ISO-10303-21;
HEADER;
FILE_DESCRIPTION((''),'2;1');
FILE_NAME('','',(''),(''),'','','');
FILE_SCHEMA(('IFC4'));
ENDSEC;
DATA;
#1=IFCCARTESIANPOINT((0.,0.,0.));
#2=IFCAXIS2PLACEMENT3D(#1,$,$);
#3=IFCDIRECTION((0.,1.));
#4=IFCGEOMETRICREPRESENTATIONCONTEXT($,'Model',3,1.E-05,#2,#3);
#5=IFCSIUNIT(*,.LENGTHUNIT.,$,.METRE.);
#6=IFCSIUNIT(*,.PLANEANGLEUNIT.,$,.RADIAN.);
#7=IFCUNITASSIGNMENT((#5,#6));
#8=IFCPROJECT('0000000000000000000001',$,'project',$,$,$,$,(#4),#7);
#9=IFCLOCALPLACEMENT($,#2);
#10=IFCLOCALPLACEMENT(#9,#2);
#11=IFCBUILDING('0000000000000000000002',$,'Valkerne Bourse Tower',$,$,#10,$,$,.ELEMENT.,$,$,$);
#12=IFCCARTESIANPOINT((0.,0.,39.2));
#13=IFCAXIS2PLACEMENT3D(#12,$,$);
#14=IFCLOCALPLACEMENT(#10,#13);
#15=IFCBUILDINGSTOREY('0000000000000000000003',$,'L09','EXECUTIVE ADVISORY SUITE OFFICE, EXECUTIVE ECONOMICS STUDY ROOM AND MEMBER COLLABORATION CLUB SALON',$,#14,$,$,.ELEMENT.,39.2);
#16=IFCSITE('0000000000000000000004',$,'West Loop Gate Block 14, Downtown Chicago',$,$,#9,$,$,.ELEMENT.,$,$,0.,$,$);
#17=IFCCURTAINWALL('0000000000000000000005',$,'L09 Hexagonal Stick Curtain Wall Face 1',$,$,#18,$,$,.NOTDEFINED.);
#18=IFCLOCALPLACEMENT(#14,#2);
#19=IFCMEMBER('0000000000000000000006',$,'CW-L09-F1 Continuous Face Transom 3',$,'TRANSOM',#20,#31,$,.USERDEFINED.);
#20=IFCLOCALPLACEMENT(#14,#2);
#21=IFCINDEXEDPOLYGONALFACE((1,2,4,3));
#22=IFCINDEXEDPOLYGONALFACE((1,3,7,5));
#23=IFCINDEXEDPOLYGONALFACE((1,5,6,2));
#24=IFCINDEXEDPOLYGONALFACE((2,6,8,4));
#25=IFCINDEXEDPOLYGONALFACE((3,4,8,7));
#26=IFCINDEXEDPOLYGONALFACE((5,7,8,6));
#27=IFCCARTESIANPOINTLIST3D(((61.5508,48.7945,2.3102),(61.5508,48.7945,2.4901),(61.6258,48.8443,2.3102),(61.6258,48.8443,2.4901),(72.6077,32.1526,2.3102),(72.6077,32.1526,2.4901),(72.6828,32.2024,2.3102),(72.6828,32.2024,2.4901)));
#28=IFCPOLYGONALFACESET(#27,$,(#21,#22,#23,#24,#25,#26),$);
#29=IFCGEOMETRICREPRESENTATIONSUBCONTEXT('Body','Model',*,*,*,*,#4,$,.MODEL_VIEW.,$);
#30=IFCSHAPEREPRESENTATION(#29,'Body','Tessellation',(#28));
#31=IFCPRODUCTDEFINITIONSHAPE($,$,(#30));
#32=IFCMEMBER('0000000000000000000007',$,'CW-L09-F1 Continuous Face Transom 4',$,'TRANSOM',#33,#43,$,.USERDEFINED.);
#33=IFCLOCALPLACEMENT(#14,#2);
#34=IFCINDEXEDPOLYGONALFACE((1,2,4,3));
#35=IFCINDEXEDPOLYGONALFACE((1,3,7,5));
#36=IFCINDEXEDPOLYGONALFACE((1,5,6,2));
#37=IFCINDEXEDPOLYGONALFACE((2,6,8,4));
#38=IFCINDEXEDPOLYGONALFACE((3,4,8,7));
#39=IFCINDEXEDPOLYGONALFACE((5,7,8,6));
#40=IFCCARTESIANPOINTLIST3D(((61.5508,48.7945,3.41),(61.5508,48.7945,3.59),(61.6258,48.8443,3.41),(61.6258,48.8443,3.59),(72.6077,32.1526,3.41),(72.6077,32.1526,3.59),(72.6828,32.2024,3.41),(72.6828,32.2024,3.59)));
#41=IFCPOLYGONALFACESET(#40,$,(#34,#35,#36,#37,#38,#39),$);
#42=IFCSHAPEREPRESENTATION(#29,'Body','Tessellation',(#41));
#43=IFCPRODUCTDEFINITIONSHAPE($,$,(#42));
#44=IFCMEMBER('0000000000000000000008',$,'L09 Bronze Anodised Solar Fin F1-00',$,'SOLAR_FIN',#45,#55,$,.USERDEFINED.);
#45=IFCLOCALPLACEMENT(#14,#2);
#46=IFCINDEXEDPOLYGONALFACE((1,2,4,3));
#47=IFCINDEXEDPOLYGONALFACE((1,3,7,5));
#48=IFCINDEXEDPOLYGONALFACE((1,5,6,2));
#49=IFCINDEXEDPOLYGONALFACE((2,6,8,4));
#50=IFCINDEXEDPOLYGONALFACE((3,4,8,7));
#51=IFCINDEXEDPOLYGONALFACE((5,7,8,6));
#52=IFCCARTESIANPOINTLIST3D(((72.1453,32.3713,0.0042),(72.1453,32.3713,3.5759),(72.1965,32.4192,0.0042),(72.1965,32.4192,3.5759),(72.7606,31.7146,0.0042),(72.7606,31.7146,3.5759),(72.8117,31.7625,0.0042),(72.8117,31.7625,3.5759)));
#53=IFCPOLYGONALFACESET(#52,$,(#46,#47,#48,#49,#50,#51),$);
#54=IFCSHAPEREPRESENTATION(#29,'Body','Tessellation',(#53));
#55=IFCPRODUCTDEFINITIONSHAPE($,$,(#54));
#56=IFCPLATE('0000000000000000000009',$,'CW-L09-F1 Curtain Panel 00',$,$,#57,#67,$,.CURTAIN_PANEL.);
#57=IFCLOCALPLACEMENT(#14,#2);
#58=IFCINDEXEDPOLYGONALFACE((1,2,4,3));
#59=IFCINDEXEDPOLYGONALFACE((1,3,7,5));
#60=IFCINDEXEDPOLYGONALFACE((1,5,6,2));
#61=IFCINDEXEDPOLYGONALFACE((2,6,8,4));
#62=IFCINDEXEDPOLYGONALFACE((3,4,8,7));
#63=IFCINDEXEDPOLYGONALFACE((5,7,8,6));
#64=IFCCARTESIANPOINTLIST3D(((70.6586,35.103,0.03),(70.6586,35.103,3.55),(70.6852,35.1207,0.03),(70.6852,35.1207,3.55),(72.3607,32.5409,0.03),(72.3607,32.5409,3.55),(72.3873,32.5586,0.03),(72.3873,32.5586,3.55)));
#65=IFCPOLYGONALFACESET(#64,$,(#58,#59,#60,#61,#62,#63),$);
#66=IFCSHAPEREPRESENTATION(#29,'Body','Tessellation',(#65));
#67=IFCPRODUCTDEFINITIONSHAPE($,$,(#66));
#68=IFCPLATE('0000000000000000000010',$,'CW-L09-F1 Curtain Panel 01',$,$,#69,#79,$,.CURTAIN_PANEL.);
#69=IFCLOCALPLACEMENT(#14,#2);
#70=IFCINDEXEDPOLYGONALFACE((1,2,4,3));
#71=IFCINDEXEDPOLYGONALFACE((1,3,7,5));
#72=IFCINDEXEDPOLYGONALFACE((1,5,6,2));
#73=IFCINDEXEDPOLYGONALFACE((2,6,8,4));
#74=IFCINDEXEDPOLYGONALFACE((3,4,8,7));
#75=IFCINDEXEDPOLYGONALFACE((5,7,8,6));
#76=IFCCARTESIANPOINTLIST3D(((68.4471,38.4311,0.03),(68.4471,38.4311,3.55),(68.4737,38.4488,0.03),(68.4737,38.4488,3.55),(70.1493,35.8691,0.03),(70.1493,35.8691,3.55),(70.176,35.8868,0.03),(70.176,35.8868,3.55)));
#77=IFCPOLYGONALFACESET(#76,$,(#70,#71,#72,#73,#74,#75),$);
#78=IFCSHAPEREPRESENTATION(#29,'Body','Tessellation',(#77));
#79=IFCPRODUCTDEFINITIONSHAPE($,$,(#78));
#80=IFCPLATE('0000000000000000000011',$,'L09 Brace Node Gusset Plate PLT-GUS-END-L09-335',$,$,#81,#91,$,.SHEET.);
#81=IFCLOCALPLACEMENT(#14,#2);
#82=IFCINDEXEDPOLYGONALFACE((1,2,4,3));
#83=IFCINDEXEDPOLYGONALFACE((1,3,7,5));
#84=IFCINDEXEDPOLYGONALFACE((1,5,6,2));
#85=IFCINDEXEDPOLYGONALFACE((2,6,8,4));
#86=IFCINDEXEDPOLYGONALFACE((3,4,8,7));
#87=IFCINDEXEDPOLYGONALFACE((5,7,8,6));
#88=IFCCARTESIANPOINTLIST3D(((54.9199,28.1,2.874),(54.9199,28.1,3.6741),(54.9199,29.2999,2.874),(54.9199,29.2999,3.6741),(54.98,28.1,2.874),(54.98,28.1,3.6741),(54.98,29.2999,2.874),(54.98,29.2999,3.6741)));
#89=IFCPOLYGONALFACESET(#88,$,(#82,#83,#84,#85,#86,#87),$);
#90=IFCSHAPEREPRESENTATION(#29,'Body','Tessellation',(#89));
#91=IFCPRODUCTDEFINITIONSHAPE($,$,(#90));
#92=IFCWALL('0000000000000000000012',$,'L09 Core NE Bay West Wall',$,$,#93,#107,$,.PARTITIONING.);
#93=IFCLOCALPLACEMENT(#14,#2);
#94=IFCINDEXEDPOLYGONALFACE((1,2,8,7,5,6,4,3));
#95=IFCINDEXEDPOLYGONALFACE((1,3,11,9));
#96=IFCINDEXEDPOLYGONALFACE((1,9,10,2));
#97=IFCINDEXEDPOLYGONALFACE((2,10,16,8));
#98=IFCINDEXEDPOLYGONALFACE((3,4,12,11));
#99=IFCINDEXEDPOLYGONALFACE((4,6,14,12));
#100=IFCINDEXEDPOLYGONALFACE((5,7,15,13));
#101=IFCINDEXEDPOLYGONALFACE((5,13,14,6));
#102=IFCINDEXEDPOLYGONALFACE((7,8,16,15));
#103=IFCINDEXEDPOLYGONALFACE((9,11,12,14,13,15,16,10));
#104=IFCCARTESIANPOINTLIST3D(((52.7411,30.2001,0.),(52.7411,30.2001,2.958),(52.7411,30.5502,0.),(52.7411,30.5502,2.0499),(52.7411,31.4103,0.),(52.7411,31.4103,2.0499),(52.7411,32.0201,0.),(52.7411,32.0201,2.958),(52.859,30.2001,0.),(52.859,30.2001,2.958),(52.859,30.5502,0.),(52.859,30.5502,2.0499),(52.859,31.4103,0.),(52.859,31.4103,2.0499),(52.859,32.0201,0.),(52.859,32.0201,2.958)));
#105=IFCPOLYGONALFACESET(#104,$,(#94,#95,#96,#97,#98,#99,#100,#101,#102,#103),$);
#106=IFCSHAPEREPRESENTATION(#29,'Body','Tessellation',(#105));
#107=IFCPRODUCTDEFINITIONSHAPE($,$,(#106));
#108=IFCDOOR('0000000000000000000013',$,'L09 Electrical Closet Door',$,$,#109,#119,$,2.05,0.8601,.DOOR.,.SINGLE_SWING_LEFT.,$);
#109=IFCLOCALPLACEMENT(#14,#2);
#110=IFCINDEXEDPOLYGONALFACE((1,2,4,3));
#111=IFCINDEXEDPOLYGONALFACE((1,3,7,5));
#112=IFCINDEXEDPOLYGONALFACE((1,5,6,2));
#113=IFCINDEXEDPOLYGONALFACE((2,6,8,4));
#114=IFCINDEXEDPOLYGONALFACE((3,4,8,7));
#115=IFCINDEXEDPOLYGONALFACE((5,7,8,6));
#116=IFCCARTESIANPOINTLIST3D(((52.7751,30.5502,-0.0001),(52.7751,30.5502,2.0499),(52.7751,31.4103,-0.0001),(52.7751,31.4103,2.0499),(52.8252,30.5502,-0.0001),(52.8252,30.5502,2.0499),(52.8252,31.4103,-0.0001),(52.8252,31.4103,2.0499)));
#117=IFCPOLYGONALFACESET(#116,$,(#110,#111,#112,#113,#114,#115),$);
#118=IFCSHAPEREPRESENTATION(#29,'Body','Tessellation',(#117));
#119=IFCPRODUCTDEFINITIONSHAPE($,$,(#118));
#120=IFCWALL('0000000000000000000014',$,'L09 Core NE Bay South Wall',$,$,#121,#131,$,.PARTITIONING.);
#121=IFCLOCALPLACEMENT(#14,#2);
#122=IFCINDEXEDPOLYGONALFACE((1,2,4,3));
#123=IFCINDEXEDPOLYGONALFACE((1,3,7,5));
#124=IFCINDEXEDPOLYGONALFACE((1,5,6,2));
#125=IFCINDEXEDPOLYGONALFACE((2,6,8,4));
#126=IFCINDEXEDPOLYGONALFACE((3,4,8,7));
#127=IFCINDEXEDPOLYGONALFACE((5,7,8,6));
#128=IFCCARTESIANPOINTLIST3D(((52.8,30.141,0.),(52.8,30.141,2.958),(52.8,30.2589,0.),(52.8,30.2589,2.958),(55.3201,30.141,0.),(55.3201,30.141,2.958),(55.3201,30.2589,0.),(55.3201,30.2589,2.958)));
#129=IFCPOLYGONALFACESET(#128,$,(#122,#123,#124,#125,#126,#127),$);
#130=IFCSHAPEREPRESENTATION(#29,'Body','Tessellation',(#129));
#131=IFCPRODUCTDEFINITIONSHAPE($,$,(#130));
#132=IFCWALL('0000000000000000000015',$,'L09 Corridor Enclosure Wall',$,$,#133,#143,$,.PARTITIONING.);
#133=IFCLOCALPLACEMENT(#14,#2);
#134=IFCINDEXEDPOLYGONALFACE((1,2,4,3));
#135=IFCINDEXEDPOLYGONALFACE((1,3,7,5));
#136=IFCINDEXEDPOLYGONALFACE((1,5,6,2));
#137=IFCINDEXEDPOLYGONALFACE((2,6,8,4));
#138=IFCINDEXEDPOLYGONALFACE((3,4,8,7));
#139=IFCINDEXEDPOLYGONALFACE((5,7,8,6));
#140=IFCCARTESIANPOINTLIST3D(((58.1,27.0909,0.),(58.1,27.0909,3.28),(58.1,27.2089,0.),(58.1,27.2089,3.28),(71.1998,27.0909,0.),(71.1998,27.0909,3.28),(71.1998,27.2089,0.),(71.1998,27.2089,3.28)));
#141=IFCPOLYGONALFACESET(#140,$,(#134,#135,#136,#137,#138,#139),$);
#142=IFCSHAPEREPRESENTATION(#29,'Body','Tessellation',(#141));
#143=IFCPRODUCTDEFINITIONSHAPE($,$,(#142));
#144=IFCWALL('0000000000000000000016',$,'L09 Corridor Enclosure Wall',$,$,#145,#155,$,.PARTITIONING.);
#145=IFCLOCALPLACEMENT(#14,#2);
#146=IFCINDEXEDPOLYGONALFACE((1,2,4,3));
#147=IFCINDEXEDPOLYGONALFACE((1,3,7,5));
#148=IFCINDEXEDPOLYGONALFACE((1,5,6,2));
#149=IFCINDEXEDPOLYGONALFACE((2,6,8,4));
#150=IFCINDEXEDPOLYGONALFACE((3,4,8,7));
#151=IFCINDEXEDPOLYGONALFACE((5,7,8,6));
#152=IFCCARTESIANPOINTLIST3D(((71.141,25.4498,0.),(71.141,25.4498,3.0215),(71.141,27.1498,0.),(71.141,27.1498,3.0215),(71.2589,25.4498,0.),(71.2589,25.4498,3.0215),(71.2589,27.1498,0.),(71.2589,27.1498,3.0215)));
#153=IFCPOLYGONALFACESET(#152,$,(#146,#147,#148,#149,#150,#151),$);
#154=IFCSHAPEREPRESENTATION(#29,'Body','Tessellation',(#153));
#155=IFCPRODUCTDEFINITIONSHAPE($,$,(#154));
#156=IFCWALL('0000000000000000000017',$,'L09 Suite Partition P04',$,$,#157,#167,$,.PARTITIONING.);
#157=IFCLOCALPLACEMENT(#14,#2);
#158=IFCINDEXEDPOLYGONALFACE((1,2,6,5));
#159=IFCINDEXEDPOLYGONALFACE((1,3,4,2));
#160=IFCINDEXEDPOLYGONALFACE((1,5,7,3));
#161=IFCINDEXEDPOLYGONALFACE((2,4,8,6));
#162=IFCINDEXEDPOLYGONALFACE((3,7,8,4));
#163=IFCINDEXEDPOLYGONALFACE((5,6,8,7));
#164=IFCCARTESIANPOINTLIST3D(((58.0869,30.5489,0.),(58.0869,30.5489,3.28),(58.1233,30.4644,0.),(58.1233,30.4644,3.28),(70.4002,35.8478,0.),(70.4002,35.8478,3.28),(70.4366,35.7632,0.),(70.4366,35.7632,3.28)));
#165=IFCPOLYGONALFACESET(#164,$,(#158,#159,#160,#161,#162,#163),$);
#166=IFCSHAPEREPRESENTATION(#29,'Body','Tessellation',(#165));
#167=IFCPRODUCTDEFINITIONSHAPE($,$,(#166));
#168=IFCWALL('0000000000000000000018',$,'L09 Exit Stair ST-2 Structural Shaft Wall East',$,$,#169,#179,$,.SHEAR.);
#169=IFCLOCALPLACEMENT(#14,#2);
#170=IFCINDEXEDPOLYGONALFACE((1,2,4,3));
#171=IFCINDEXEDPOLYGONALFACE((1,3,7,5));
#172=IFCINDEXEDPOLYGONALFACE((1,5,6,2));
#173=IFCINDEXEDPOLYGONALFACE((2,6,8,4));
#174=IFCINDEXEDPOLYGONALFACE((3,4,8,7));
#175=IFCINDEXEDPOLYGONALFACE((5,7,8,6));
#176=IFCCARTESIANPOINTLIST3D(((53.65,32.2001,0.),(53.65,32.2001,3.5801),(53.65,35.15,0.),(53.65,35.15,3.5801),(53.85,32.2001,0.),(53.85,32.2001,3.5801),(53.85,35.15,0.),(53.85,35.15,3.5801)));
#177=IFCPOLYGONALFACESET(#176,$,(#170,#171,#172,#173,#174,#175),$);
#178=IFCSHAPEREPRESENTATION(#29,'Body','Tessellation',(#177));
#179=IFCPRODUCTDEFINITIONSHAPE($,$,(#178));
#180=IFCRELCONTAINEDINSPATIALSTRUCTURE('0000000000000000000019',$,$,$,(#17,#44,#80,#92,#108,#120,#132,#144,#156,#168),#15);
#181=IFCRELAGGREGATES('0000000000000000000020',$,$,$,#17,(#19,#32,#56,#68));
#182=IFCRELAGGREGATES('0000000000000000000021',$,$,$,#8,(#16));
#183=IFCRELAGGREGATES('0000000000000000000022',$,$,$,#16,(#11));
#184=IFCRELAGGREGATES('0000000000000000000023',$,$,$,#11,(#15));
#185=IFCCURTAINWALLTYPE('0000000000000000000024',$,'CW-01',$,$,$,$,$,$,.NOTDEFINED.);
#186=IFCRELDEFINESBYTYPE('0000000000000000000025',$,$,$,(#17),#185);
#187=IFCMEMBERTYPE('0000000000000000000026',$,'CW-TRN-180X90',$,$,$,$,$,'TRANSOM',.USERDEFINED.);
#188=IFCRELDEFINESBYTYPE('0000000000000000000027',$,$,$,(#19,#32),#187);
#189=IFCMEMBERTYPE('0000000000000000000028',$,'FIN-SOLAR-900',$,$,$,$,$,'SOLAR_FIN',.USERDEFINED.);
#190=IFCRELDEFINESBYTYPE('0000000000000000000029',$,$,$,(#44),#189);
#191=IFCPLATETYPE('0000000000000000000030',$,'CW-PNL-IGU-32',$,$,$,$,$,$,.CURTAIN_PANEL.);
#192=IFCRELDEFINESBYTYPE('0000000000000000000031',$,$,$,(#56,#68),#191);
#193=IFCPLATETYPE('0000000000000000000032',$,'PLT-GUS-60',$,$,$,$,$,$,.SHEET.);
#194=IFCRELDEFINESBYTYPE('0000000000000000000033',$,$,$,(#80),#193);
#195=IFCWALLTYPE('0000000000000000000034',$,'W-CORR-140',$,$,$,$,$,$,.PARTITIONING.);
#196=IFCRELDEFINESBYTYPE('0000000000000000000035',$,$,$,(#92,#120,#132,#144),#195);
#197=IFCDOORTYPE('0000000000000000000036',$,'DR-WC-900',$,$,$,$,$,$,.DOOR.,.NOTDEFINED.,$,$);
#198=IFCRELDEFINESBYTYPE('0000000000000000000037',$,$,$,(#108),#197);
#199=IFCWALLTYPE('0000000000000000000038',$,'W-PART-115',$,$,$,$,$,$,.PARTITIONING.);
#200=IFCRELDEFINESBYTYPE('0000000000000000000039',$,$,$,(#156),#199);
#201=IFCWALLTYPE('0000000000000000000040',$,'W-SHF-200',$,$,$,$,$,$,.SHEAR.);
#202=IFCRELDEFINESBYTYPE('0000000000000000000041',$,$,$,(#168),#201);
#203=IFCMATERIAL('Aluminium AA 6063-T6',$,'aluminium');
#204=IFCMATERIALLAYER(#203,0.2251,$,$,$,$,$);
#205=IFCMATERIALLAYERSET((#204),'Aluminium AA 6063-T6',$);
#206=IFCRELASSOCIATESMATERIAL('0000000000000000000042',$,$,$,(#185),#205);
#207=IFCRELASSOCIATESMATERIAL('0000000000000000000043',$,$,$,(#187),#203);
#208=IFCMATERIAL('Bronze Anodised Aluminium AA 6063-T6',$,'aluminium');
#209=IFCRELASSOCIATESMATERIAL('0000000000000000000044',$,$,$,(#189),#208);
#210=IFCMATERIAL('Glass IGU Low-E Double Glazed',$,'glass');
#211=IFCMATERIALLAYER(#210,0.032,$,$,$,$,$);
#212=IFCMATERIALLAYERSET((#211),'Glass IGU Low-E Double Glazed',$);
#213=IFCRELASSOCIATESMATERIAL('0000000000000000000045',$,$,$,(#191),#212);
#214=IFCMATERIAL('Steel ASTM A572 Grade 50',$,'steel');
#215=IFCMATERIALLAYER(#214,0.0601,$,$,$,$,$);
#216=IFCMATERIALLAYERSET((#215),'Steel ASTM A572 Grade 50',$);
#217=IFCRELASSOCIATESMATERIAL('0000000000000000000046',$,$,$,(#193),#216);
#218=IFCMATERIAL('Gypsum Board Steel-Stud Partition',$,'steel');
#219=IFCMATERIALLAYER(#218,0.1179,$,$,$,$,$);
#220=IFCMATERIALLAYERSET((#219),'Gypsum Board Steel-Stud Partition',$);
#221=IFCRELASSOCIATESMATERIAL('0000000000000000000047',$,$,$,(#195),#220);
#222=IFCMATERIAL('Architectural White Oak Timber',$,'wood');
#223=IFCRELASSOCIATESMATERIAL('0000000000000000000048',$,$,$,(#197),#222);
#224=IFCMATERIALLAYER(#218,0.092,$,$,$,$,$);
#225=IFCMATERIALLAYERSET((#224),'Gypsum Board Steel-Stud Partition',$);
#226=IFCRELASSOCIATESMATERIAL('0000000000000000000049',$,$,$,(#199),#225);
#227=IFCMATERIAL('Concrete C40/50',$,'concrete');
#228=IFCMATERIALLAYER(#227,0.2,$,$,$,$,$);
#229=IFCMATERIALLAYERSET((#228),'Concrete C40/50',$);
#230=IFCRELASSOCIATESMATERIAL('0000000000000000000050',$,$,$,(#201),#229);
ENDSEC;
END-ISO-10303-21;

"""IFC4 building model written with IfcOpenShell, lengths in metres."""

from ifc_helpers import new_model, si_unit, direction, frame, frame_2d, origin, origin_2d, place, context, subcontext, project, spatial, rectangle, extrude, material, layer, layer_set, material_profile, profile_set, type_object, element, fill, aggregate, save


model = new_model("IFC4")

# Units and contexts
model_context = context("Model", 3, precision=1e-05, world=origin(), true_north=direction((0.0, 1.0)))
body_context = subcontext(model_context, "Body", "Model", "MODEL_VIEW")
ifc_project = project(units=[si_unit("LENGTHUNIT", "METRE"), si_unit("PLANEANGLEUNIT", "RADIAN")], contexts=[model_context])

# Site, building, storey
site_placement = place(None, origin())
site = spatial("IfcSite", under=ifc_project, at=site_placement, Name="West Loop Gate Block 14, Downtown Chicago", CompositionType="ELEMENT", RefElevation=0.0)
building_placement = place(site_placement, origin())
building = spatial("IfcBuilding", under=site, at=building_placement, Name="Valkerne Bourse Tower", CompositionType="ELEMENT")
storey_placement = place(building_placement, frame((0.0, 0.0, 39.2)))
storey = spatial("IfcBuildingStorey", under=building, at=storey_placement, Name="L09", Description="EXECUTIVE ADVISORY SUITE OFFICE, EXECUTIVE ECONOMICS STUDY ROOM AND MEMBER COLLABORATION CLUB SALON", CompositionType="ELEMENT", Elevation=39.2)

# Curtain wall, members
ifc_material_1 = material(Name="Aluminium AA 6063-T6", Category="aluminium")
ifc_layer_1 = layer(ifc_material_1, 0.2251)
ifc_layer_set_1 = layer_set([ifc_layer_1], Name="Aluminium AA 6063-T6")
curtain_wall_type = type_object("IfcCurtainWallType", Name="CW-01", PredefinedType="NOTDEFINED", material=ifc_layer_set_1)
curtain_wall_placement = place(storey_placement, origin())
curtain_wall = element("IfcCurtainWall", 1, at=curtain_wall_placement, inside=storey, type_object=curtain_wall_type, Name="L09 Hexagonal Stick Curtain Wall Face 1", PredefinedType="NOTDEFINED")
ifc_material_profile_1 = material_profile(ifc_material_1, rectangle(XDim=0.0901, YDim=0.1799, at=origin_2d()), Name="CWT-90X180")
ifc_profile_set_1 = profile_set([ifc_material_profile_1], Name="Aluminium AA 6063-T6")
member_type_1 = type_object("IfcMemberType", Name="CW-TRN-180X90", ElementType="TRANSOM", PredefinedType="USERDEFINED", material=ifc_profile_set_1)
member_1_placement = place(storey_placement, frame((72.6453, 32.1775, 2.4001), z_axis=(-0.553394, 0.83292, 0.0), x_axis=(-0.83292, -0.553394, 0.0)))
member_1 = element("IfcMember", 2, at=member_1_placement, type_object=member_type_1, Name="CW-L09-F1 Continuous Face Transom 3", ObjectType="TRANSOM", PredefinedType="USERDEFINED", context=body_context, shape_type="SweptSolid", body=[
    extrude(rectangle(XDim=0.0901, YDim=0.1799, at=origin_2d()), origin(), (0.0, 0.0, 1.0), 19.9802),
])
member_2_placement = place(storey_placement, frame((72.6453, 32.1775, 3.5), z_axis=(-0.553394, 0.83292, 0.0), x_axis=(-0.83292, -0.553394, 0.0)))
member_2 = element("IfcMember", 3, at=member_2_placement, type_object=member_type_1, Name="CW-L09-F1 Continuous Face Transom 4", ObjectType="TRANSOM", PredefinedType="USERDEFINED", context=body_context, shape_type="SweptSolid", body=[
    extrude(rectangle(XDim=0.0901, YDim=0.1799, at=origin_2d()), origin(), (0.0, 0.0, 1.0), 19.9802),
])

# Member
ifc_material_2 = material(Name="Bronze Anodised Aluminium AA 6063-T6", Category="aluminium")
ifc_material_profile_2 = material_profile(ifc_material_2, rectangle(XDim=0.0701, YDim=0.8999, at=origin_2d()), Name="FIN-70X900")
ifc_profile_set_2 = profile_set([ifc_material_profile_2], Name="Bronze Anodised Aluminium AA 6063-T6")
member_type_2 = type_object("IfcMemberType", Name="FIN-SOLAR-900", ElementType="SOLAR_FIN", PredefinedType="USERDEFINED", material=ifc_profile_set_2)
member_3_placement = place(storey_placement, frame((72.4785, 32.0669, 0.0042), z_axis=(0.0, 0.0, 1.0), x_axis=(0.729813, 0.683647, 0.0)))
element("IfcMember", 4, at=member_3_placement, inside=storey, type_object=member_type_2, Name="L09 Bronze Anodised Solar Fin F1-00", ObjectType="SOLAR_FIN", PredefinedType="USERDEFINED", context=body_context, shape_type="SweptSolid", body=[
    extrude(rectangle(XDim=0.0701, YDim=0.8999, at=origin_2d()), origin(), (0.0, 0.0, 1.0), 3.5718),
])

# Plates
ifc_material_3 = material(Name="Glass IGU Low-E Double Glazed", Category="glass")
ifc_layer_2 = layer(ifc_material_3, 0.032)
ifc_layer_set_2 = layer_set([ifc_layer_2], Name="Glass IGU Low-E Double Glazed")
plate_type_1 = type_object("IfcPlateType", Name="CW-PNL-IGU-32", PredefinedType="CURTAIN_PANEL", material=ifc_layer_set_2)
plate_1_placement = place(storey_placement, frame((71.5229, 33.8308, 0.03), z_axis=(0.0, 0.0, 1.0), x_axis=(-0.553377, 0.832931, 0.0)))
plate_1 = element("IfcPlate", 5, at=plate_1_placement, type_object=plate_type_1, Name="CW-L09-F1 Curtain Panel 00", PredefinedType="CURTAIN_PANEL", context=body_context, shape_type="SweptSolid", body=[
    extrude(rectangle(XDim=3.0759, YDim=0.032, at=origin_2d()), origin(), (0.0, 0.0, 1.0), 3.52),
])
plate_2_placement = place(storey_placement, frame((69.3115, 37.1589, 0.03), z_axis=(0.0, 0.0, 1.0), x_axis=(-0.553406, 0.832912, 0.0)))
plate_2 = element("IfcPlate", 6, at=plate_2_placement, type_object=plate_type_1, Name="CW-L09-F1 Curtain Panel 01", PredefinedType="CURTAIN_PANEL", context=body_context, shape_type="SweptSolid", body=[
    extrude(rectangle(XDim=3.0759, YDim=0.032, at=origin_2d()), origin(), (0.0, 0.0, 1.0), 3.52),
])
aggregate(curtain_wall, [member_1, member_2, plate_1, plate_2])
ifc_material_4 = material(Name="Steel ASTM A572 Grade 50", Category="steel")
ifc_layer_3 = layer(ifc_material_4, 0.0601)
ifc_layer_set_3 = layer_set([ifc_layer_3], Name="Steel ASTM A572 Grade 50")
plate_type_2 = type_object("IfcPlateType", Name="PLT-GUS-60", PredefinedType="SHEET", material=ifc_layer_set_3)
plate_3_placement = place(storey_placement, frame((54.95, 28.7, 2.874), z_axis=(0.0, 0.0, 1.0), x_axis=(0.0, 1.0, 0.0)))
element("IfcPlate", 7, at=plate_3_placement, inside=storey, type_object=plate_type_2, Name="L09 Brace Node Gusset Plate PLT-GUS-END-L09-335", PredefinedType="SHEET", context=body_context, shape_type="SweptSolid", body=[
    extrude(rectangle(XDim=1.2, YDim=0.0601, at=origin_2d()), origin(), (0.0, 0.0, 1.0), 0.8),
])

# Wall, opening, door
ifc_material_5 = material(Name="Gypsum Board Steel-Stud Partition", Category="steel")
ifc_layer_4 = layer(ifc_material_5, 0.1179)
ifc_layer_set_4 = layer_set([ifc_layer_4], Name="Gypsum Board Steel-Stud Partition")
wall_type_1 = type_object("IfcWallType", Name="W-CORR-140", PredefinedType="PARTITIONING", material=ifc_layer_set_4)
wall_1_placement = place(storey_placement, frame((52.8, 30.2, 0.0), z_axis=(0.0, 0.0, 1.0), x_axis=(0.0, 1.0, 0.0)))
wall_1 = element("IfcWall", 8, at=wall_1_placement, inside=storey, type_object=wall_type_1, Name="L09 Core NE Bay West Wall", PredefinedType="PARTITIONING", context=body_context, shape_type="SweptSolid", body=[
    extrude(rectangle(XDim=1.8201, YDim=0.1179, at=frame_2d((0.9102, 0.0))), origin(), (0.0, 0.0, 1.0), 2.958),
])
opening_placement = place(wall_1_placement, frame((0.3501, 0.0, 0.0)))
opening = element("IfcOpeningElement", 9, at=opening_placement, cuts=wall_1, PredefinedType="OPENING", context=body_context, shape_type="SweptSolid", body=[
    extrude(rectangle(XDim=0.8601, YDim=2.05, at=frame_2d((0.4302, 1.0249))), frame((0.0, 0.0688, 0.0), z_axis=(0.0, -1.0, 0.0), x_axis=(1.0, 0.0, 0.0)), (0.0, 0.0, 1.0), 0.1379),
])
ifc_material_6 = material(Name="Architectural White Oak Timber", Category="wood")
door_type = type_object("IfcDoorType", Name="DR-WC-900", OperationType="NOTDEFINED", PredefinedType="DOOR", material=ifc_material_6)
door_placement = place(opening_placement, origin())
door = element("IfcDoor", 10, at=door_placement, inside=storey, type_object=door_type, Name="L09 Electrical Closet Door", OperationType="SINGLE_SWING_LEFT", OverallHeight=2.05, OverallWidth=0.8601, PredefinedType="DOOR", context=body_context, shape_type="SweptSolid", body=[
    extrude(rectangle(XDim=0.8601, YDim=2.05, at=frame_2d((0.4302, 1.0249))), frame((0.0, 0.0249, 0.0), z_axis=(0.0, -1.0, 0.0), x_axis=(1.0, 0.0, 0.0)), (0.0, 0.0, 1.0), 0.05),
])
fill(opening, door)

# Walls
wall_2_placement = place(storey_placement, frame((52.8, 30.2, 0.0), z_axis=(0.0, 0.0, 1.0), x_axis=(1.0, 0.0, 0.0)))
element("IfcWall", 11, at=wall_2_placement, inside=storey, type_object=wall_type_1, Name="L09 Core NE Bay South Wall", PredefinedType="PARTITIONING", context=body_context, shape_type="SweptSolid", body=[
    extrude(rectangle(XDim=2.52, YDim=0.1179, at=frame_2d((1.26, 0.0))), origin(), (0.0, 0.0, 1.0), 2.958),
])
wall_3_placement = place(storey_placement, frame((58.1001, 27.1499, 0.0), z_axis=(0.0, 0.0, 1.0), x_axis=(1.0, 0.0, 0.0)))
element("IfcWall", 12, at=wall_3_placement, inside=storey, type_object=wall_type_1, Name="L09 Corridor Enclosure Wall", PredefinedType="PARTITIONING", context=body_context, shape_type="SweptSolid", body=[
    extrude(rectangle(XDim=13.0999, YDim=0.1179, at=frame_2d((6.5498, 0.0))), origin(), (0.0, 0.0, 1.0), 3.28),
])
wall_4_placement = place(storey_placement, frame((71.2, 27.1499, 0.0), z_axis=(0.0, 0.0, 1.0), x_axis=(0.0, -1.0, 0.0)))
element("IfcWall", 13, at=wall_4_placement, inside=storey, type_object=wall_type_1, Name="L09 Corridor Enclosure Wall", PredefinedType="PARTITIONING", context=body_context, shape_type="SweptSolid", body=[
    extrude(rectangle(XDim=1.7, YDim=0.1179, at=frame_2d((0.8501, 0.0))), origin(), (0.0, 0.0, 1.0), 3.0215),
])
ifc_layer_5 = layer(ifc_material_5, 0.092)
ifc_layer_set_5 = layer_set([ifc_layer_5], Name="Gypsum Board Steel-Stud Partition")
wall_type_2 = type_object("IfcWallType", Name="W-PART-115", PredefinedType="PARTITIONING", material=ifc_layer_set_5)
wall_5_placement = place(storey_placement, frame((58.105, 30.5066, 0.0), z_axis=(0.0, 0.0, 1.0), x_axis=(0.918557, 0.395288, 0.0)))
element("IfcWall", 14, at=wall_5_placement, inside=storey, type_object=wall_type_2, Name="L09 Suite Partition P04", PredefinedType="PARTITIONING", context=body_context, shape_type="SweptSolid", body=[
    extrude(rectangle(XDim=13.405, YDim=0.092, at=frame_2d((6.7026, 0.0))), origin(), (0.0, 0.0, 1.0), 3.28),
])
ifc_material_7 = material(Name="Concrete C40/50", Category="concrete")
ifc_layer_6 = layer(ifc_material_7, 0.2)
ifc_layer_set_6 = layer_set([ifc_layer_6], Name="Concrete C40/50")
wall_type_3 = type_object("IfcWallType", Name="W-SHF-200", PredefinedType="SHEAR", material=ifc_layer_set_6)
wall_6_placement = place(storey_placement, frame((53.75, 32.2, 0.0), z_axis=(0.0, 0.0, 1.0), x_axis=(0.0, 1.0, 0.0)))
element("IfcWall", 15, at=wall_6_placement, inside=storey, type_object=wall_type_3, Name="L09 Exit Stair ST-2 Structural Shaft Wall East", PredefinedType="SHEAR", context=body_context, shape_type="SweptSolid", body=[
    extrude(rectangle(XDim=2.95, YDim=0.2, at=frame_2d((1.4751, 0.0))), origin(), (0.0, 0.0, 1.0), 3.5801),
])

save(model, "model.ifc")
